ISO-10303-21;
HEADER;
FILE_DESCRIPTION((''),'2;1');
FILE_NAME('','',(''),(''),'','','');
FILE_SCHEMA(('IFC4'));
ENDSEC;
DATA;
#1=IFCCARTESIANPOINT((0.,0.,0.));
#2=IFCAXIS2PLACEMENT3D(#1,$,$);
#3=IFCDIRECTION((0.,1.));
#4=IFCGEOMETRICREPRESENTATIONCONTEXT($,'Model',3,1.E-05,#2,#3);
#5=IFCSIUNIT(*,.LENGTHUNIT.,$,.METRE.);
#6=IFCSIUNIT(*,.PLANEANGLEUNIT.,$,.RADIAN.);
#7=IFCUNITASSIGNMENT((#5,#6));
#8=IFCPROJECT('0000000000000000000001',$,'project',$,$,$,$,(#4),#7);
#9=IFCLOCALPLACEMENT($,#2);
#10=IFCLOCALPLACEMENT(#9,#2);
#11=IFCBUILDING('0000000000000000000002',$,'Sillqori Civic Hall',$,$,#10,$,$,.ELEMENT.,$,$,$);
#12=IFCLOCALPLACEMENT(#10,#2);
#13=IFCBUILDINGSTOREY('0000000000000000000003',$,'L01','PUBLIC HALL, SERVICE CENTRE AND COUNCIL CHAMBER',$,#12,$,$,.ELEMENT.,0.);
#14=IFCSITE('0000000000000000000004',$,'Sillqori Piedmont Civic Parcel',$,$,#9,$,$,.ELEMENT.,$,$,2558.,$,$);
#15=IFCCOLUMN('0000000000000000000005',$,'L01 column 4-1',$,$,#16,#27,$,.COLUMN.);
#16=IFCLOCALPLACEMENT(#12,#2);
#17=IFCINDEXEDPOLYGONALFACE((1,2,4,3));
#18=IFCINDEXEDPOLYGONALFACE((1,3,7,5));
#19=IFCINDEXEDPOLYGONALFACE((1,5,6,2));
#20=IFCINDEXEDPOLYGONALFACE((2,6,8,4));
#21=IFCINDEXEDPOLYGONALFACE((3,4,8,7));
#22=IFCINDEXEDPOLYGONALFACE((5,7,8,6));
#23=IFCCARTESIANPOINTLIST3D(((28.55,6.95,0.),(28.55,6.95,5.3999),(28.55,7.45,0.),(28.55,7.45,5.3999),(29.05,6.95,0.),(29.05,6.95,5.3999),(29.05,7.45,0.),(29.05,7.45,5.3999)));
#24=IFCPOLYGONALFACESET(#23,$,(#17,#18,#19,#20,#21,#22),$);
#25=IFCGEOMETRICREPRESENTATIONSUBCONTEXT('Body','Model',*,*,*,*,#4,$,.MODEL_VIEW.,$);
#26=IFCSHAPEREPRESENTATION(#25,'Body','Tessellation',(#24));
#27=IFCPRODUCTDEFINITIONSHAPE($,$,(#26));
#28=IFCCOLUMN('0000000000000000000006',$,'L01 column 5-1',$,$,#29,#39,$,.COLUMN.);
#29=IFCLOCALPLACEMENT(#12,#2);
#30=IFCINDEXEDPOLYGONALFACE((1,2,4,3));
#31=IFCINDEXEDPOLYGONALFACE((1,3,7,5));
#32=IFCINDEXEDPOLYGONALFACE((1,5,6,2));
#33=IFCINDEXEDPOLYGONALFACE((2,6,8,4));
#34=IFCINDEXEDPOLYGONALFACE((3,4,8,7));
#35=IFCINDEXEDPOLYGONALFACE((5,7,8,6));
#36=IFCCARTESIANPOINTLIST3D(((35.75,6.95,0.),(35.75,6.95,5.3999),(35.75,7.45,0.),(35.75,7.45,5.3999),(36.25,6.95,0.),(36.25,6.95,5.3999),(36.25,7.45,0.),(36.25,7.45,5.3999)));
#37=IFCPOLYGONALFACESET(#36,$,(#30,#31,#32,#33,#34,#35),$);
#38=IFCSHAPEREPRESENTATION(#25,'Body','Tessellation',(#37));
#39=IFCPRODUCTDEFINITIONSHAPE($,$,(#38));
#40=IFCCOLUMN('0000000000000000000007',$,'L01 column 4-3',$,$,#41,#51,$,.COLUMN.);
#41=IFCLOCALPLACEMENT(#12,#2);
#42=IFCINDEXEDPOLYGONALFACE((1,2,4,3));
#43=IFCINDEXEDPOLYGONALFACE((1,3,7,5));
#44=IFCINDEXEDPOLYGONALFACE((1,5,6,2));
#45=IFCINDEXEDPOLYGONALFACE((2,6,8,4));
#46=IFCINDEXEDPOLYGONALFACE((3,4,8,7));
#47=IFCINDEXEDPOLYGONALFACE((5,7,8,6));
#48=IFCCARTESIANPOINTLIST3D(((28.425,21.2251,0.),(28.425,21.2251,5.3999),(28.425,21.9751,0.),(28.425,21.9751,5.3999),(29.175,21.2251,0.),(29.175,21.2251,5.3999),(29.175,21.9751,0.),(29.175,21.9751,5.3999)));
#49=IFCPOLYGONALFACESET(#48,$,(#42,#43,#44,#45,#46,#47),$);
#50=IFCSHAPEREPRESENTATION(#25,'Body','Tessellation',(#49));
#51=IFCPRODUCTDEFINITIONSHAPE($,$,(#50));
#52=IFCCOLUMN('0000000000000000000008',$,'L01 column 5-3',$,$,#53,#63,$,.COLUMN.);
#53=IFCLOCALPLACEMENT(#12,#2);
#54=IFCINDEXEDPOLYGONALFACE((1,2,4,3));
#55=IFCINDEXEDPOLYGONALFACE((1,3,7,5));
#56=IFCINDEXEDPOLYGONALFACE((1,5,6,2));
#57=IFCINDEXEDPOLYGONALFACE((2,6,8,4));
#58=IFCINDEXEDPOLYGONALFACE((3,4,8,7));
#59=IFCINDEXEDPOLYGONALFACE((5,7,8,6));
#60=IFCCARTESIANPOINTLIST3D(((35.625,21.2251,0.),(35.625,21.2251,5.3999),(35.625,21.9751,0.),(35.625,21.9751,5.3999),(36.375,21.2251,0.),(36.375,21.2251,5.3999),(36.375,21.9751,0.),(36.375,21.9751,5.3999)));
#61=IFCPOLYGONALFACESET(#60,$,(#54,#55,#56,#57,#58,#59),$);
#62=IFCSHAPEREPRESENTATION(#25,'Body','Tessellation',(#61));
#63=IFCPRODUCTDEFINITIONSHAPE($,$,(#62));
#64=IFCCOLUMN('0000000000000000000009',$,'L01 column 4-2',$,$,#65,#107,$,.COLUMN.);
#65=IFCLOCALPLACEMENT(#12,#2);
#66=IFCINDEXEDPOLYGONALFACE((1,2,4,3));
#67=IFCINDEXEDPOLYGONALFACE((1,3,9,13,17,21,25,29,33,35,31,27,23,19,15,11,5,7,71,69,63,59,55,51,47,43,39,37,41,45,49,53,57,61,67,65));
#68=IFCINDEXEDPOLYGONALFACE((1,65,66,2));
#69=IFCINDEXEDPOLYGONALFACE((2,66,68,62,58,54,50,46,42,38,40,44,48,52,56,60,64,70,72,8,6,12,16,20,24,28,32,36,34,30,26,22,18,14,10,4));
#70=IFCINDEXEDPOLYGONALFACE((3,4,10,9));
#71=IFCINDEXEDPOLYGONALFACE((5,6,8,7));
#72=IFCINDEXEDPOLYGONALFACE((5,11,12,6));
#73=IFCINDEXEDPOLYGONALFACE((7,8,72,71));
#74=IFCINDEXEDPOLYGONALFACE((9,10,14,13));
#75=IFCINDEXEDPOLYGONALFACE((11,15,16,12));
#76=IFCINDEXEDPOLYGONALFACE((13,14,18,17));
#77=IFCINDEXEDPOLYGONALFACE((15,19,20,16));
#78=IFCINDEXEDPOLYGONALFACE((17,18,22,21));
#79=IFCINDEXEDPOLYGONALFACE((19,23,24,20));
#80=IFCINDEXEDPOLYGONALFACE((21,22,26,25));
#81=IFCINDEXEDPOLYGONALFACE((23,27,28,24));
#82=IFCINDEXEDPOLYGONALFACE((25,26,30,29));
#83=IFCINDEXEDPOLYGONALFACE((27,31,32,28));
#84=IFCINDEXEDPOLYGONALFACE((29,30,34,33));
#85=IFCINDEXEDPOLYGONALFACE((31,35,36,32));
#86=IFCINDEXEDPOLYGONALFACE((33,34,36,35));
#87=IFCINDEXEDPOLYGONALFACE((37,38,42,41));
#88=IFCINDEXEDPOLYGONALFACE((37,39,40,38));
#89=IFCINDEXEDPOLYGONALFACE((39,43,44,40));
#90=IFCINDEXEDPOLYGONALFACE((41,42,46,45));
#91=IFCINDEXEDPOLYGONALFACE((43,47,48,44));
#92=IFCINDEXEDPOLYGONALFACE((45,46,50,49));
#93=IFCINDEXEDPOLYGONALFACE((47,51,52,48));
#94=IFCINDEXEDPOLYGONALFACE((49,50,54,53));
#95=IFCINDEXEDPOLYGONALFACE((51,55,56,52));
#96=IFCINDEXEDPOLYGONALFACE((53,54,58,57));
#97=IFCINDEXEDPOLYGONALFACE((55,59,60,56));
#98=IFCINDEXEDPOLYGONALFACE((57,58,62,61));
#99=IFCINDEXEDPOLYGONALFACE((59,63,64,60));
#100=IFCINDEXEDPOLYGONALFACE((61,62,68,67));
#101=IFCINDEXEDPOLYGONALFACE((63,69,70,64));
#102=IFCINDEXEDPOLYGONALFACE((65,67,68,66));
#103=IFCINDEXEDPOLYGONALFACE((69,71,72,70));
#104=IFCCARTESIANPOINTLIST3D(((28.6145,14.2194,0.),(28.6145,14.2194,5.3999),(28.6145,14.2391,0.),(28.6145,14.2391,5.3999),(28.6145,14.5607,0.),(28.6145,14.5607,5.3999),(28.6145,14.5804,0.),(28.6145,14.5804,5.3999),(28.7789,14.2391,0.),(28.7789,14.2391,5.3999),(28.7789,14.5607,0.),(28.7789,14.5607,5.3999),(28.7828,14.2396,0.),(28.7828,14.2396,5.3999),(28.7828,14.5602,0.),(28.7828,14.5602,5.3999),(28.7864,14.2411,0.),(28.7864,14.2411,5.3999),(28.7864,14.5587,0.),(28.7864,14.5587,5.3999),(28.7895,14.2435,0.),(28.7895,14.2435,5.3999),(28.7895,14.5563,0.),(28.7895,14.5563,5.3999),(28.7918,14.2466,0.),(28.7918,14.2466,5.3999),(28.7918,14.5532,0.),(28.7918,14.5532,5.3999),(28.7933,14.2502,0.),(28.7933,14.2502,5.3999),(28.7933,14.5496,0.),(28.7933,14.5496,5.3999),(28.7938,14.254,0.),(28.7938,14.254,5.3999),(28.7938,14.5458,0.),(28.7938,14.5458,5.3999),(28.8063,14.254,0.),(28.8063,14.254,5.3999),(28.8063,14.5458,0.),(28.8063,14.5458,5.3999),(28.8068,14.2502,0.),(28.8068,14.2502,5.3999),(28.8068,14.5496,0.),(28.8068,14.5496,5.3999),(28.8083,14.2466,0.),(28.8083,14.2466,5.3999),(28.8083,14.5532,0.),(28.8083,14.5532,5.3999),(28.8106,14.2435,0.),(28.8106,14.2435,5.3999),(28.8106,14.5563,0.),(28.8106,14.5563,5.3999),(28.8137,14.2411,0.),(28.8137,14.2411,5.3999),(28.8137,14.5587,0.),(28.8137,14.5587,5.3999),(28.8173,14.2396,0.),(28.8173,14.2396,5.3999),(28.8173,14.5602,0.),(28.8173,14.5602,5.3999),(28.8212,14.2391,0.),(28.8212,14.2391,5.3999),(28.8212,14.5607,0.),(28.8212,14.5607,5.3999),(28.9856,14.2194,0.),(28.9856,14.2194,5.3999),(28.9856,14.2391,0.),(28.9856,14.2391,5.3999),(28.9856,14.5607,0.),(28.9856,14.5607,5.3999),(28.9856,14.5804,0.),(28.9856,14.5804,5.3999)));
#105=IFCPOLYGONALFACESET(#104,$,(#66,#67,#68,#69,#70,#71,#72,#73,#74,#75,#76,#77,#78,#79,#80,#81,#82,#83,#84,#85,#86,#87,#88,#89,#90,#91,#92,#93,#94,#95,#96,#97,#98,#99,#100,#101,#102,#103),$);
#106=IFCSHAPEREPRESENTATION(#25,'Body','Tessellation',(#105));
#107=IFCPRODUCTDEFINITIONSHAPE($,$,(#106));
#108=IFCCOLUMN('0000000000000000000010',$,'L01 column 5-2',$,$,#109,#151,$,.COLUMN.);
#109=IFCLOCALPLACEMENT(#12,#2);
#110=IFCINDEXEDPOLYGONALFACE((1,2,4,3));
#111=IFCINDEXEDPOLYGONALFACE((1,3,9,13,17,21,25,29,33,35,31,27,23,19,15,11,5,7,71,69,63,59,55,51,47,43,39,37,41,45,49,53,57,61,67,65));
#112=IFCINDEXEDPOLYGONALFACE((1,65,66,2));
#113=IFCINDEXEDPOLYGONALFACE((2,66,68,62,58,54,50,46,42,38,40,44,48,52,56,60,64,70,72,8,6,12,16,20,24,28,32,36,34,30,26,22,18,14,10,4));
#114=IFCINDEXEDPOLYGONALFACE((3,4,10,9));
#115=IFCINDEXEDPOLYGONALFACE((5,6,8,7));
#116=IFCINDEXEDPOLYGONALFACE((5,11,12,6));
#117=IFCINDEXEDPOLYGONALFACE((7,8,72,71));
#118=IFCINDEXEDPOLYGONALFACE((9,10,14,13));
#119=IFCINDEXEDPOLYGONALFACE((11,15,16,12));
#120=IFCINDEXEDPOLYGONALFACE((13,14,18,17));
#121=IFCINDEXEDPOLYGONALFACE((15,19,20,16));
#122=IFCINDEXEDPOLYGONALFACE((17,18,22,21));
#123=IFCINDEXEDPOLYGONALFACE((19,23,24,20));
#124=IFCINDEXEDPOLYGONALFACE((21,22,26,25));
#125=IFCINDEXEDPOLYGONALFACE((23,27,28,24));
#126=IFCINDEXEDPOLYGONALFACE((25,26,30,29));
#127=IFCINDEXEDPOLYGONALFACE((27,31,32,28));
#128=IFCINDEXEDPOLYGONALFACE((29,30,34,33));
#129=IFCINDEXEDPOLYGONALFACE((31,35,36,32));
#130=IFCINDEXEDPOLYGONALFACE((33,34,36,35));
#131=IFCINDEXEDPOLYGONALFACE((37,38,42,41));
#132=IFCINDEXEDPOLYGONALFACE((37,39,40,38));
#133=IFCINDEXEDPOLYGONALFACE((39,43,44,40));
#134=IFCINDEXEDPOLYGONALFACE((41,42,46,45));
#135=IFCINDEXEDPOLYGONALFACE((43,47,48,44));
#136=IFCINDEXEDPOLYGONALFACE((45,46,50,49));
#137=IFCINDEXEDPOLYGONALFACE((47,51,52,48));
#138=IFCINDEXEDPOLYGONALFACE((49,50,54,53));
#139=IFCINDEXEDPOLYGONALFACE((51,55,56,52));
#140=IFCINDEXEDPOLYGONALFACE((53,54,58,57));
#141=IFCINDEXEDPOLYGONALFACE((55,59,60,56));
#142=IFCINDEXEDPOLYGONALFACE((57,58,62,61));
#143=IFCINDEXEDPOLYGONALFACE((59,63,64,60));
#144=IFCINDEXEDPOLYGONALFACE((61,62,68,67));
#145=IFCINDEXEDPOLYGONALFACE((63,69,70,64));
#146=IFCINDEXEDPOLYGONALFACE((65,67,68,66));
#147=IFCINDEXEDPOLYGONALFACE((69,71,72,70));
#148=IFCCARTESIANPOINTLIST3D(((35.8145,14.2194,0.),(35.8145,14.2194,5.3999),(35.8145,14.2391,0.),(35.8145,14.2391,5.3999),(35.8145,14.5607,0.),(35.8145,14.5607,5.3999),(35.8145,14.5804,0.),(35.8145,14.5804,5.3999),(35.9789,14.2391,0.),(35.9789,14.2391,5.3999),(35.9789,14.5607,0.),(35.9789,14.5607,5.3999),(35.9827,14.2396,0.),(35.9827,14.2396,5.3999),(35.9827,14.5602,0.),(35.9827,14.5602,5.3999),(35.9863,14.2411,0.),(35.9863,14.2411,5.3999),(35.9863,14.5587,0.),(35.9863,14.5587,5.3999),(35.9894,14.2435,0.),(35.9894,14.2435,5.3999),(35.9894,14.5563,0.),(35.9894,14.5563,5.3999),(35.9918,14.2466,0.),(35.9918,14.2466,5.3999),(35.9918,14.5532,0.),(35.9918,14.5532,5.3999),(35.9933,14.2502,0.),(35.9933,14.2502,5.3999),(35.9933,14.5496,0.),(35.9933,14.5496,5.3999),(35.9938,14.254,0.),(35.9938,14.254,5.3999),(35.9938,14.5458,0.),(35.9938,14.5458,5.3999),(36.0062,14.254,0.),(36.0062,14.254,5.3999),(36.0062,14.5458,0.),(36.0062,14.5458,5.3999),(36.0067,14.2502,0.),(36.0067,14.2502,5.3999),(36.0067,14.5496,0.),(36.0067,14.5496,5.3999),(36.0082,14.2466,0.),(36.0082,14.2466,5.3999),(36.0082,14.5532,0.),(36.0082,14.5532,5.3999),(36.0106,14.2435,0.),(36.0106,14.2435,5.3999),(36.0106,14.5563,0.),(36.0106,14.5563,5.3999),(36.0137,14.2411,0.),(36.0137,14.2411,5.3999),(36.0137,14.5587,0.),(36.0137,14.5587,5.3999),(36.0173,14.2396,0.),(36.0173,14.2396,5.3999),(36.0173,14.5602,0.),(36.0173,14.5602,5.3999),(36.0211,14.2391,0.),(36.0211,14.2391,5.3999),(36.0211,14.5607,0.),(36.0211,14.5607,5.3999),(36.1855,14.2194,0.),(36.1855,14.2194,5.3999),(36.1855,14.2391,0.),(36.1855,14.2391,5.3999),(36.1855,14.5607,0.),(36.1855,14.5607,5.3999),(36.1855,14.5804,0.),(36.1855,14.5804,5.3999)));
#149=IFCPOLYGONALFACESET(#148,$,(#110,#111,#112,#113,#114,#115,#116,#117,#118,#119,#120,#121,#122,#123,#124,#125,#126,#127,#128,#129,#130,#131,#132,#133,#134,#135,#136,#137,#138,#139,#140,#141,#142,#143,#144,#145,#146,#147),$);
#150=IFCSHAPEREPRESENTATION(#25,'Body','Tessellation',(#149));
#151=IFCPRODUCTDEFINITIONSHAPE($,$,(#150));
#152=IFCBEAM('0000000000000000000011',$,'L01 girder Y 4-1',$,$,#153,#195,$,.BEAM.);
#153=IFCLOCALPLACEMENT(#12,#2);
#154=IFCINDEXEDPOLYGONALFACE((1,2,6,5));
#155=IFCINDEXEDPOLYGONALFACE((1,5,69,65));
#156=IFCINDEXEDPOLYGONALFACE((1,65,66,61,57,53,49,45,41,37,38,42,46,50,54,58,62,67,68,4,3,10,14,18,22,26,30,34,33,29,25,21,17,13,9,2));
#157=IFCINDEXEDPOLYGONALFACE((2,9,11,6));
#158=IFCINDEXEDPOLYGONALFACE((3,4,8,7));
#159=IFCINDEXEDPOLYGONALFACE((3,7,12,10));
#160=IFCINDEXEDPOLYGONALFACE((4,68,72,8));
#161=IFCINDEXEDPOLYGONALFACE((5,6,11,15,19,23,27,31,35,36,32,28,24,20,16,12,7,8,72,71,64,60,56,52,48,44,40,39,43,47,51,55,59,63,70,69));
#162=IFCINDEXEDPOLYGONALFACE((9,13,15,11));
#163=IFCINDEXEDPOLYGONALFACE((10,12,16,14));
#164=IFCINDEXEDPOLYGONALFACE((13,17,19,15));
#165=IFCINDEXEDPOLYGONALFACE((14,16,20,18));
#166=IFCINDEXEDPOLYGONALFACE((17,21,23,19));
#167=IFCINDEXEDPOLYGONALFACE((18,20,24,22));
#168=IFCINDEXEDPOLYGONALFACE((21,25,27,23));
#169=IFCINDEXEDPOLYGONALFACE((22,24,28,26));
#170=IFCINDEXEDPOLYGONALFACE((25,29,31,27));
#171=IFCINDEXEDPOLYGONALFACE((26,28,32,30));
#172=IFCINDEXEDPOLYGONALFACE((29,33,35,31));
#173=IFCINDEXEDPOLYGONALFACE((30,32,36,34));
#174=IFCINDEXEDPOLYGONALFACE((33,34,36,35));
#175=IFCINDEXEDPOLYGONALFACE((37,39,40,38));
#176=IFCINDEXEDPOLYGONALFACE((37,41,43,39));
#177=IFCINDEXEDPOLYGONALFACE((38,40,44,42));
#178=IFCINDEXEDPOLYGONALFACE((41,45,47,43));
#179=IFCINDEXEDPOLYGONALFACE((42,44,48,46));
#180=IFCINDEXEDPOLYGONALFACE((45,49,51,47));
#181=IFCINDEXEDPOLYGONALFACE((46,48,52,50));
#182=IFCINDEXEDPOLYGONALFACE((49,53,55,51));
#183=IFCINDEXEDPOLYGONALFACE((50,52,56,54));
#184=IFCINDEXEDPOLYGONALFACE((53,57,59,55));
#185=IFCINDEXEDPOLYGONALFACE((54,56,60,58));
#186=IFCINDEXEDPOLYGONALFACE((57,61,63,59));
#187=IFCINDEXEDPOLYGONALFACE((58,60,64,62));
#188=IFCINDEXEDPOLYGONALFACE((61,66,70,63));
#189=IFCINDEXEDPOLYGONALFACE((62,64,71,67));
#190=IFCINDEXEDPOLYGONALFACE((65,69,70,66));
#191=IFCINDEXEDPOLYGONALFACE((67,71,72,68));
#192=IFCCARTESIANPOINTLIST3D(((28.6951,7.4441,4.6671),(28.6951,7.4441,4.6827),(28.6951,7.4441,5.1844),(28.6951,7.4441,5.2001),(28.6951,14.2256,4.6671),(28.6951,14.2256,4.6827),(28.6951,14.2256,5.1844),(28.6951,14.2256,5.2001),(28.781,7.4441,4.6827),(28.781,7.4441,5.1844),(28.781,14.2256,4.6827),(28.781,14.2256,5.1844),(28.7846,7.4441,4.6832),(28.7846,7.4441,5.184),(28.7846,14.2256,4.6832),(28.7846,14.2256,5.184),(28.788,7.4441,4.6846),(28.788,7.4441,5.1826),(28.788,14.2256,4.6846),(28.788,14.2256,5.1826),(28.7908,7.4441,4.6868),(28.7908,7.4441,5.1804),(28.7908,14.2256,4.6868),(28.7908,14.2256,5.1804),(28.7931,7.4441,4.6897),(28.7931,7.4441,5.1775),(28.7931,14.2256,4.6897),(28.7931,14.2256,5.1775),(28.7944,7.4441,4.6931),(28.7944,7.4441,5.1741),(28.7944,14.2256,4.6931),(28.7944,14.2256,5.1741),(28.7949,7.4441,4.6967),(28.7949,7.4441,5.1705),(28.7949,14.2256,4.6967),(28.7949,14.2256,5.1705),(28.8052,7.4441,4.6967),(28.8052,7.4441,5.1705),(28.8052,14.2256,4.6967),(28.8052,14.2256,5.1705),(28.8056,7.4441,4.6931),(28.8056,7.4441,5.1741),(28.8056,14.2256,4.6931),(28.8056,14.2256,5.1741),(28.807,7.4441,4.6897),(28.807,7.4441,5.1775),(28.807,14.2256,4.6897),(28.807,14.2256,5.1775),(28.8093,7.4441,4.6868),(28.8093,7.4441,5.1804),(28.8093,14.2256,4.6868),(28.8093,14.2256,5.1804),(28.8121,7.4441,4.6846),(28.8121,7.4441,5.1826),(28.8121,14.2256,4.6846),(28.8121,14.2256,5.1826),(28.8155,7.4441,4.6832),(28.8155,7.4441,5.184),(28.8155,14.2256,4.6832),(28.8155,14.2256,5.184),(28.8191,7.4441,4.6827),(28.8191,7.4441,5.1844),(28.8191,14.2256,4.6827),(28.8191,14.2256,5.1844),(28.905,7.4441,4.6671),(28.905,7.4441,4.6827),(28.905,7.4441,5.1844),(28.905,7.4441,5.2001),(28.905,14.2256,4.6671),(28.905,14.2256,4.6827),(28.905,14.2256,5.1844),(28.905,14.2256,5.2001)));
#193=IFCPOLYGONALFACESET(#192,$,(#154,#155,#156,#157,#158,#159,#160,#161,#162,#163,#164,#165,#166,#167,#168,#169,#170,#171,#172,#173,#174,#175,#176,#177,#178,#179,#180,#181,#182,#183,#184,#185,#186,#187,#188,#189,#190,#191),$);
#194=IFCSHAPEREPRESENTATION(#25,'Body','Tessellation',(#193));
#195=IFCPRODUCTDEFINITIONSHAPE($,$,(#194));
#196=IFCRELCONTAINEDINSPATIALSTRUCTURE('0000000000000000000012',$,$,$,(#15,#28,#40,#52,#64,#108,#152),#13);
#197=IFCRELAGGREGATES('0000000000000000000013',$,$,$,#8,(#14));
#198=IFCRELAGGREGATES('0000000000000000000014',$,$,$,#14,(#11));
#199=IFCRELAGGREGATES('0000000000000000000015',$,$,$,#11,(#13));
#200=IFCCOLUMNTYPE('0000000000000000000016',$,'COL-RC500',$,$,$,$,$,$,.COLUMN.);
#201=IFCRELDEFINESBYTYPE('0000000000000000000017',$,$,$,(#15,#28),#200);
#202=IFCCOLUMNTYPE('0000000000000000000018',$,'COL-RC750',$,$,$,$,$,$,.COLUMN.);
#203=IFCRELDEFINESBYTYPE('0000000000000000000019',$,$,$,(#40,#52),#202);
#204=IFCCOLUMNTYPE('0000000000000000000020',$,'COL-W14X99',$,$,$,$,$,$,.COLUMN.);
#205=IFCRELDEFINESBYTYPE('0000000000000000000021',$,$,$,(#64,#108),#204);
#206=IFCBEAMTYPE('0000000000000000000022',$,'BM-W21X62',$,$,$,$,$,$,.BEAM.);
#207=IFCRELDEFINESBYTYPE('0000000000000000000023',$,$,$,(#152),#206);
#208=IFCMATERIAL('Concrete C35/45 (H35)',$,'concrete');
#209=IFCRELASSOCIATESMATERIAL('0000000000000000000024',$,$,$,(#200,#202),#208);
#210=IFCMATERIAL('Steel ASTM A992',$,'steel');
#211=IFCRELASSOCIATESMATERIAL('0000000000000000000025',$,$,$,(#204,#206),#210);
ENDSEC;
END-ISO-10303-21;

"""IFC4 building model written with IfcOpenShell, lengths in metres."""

from ifc_helpers import new_model, si_unit, direction, frame, origin, origin_2d, place, context, subcontext, project, spatial, rectangle, i_section, extrude, material, material_profile, profile_set, type_object, element, save


model = new_model("IFC4")

# Units and contexts
model_context = context("Model", 3, precision=1e-05, world=origin(), true_north=direction((0.0, 1.0)))
body_context = subcontext(model_context, "Body", "Model", "MODEL_VIEW")
ifc_project = project(units=[si_unit("LENGTHUNIT", "METRE"), si_unit("PLANEANGLEUNIT", "RADIAN")], contexts=[model_context])

# Site, building, storey
site_placement = place(None, origin())
site = spatial("IfcSite", under=ifc_project, at=site_placement, Name="Sillqori Piedmont Civic Parcel", CompositionType="ELEMENT", RefElevation=2558.0)
building_placement = place(site_placement, origin())
building = spatial("IfcBuilding", under=site, at=building_placement, Name="Sillqori Civic Hall", CompositionType="ELEMENT")
storey_placement = place(building_placement, origin())
storey = spatial("IfcBuildingStorey", under=building, at=storey_placement, Name="L01", Description="PUBLIC HALL, SERVICE CENTRE AND COUNCIL CHAMBER", CompositionType="ELEMENT", Elevation=0.0)

# Columns
ifc_material_1 = material(Name="Concrete C35/45 (H35)", Category="concrete")
ifc_material_profile_1 = material_profile(ifc_material_1, rectangle(XDim=0.5, YDim=0.5, at=origin_2d()), Name="RC 500x500")
ifc_profile_set_1 = profile_set([ifc_material_profile_1], Name="Concrete C35/45 (H35)")
column_type_1 = type_object("IfcColumnType", Name="COL-RC500", PredefinedType="COLUMN", material=ifc_profile_set_1)
for number, where, z_axis, x_axis, name in (
    (1, (28.8, 7.2, 0.0), (0.0, 0.0, 1.0), (1.0, 0.0, 0.0), "L01 column 4-1"),
    (2, (36.0, 7.2, 0.0), (0.0, 0.0, 1.0), (1.0, 0.0, 0.0), "L01 column 5-1"),
):
    element("IfcColumn", number, at=place(storey_placement, frame(where, z_axis=z_axis, x_axis=x_axis)), inside=storey, type_object=column_type_1, Name=name, PredefinedType="COLUMN", context=body_context, shape_type="SweptSolid", body=[
        extrude(rectangle(XDim=0.5, YDim=0.5, at=origin_2d()), origin(), (0.0, 0.0, 1.0), 5.3999),
    ])
ifc_material_profile_2 = material_profile(ifc_material_1, rectangle(XDim=0.75, YDim=0.75, at=origin_2d()), Name="RC 750x750")
ifc_profile_set_2 = profile_set([ifc_material_profile_2], Name="Concrete C35/45 (H35)")
column_type_2 = type_object("IfcColumnType", Name="COL-RC750", PredefinedType="COLUMN", material=ifc_profile_set_2)
for number, where, z_axis, x_axis, name in (
    (3, (28.8, 21.6001, 0.0), (0.0, 0.0, 1.0), (1.0, 0.0, 0.0), "L01 column 4-3"),
    (4, (36.0, 21.6001, 0.0), (0.0, 0.0, 1.0), (1.0, 0.0, 0.0), "L01 column 5-3"),
):
    element("IfcColumn", number, at=place(storey_placement, frame(where, z_axis=z_axis, x_axis=x_axis)), inside=storey, type_object=column_type_2, Name=name, PredefinedType="COLUMN", context=body_context, shape_type="SweptSolid", body=[
        extrude(rectangle(XDim=0.75, YDim=0.75, at=origin_2d()), origin(), (0.0, 0.0, 1.0), 5.3999),
    ])
ifc_material_2 = material(Name="Steel ASTM A992", Category="steel")
ifc_material_profile_3 = material_profile(ifc_material_2, i_section(OverallWidth=0.3711, OverallDepth=0.3611, WebThickness=0.0125, FlangeThickness=0.0198, FilletRadius=0.0149, at=origin_2d()), Name="W14X99")
ifc_profile_set_3 = profile_set([ifc_material_profile_3], Name="Steel ASTM A992")
column_type_3 = type_object("IfcColumnType", Name="COL-W14X99", PredefinedType="COLUMN", material=ifc_profile_set_3)
for number, where, z_axis, x_axis, name in (
    (5, (28.8, 14.3999, 0.0), (0.0, 0.0, 1.0), (1.0, 0.0, 0.0), "L01 column 4-2"),
    (6, (36.0, 14.3999, 0.0), (0.0, 0.0, 1.0), (1.0, 0.0, 0.0), "L01 column 5-2"),
):
    element("IfcColumn", number, at=place(storey_placement, frame(where, z_axis=z_axis, x_axis=x_axis)), inside=storey, type_object=column_type_3, Name=name, PredefinedType="COLUMN", context=body_context, shape_type="SweptSolid", body=[
        extrude(i_section(OverallWidth=0.3711, OverallDepth=0.3611, WebThickness=0.0125, FlangeThickness=0.0198, FilletRadius=0.0149, at=origin_2d()), origin(), (0.0, 0.0, 1.0), 5.3999),
    ])

# Beam
ifc_material_profile_4 = material_profile(ifc_material_2, i_section(OverallWidth=0.21, OverallDepth=0.533, WebThickness=0.0103, FlangeThickness=0.0156, FilletRadius=0.0139, at=origin_2d()), Name="W21X62")
ifc_profile_set_4 = profile_set([ifc_material_profile_4], Name="Steel ASTM A992")
beam_type_1 = type_object("IfcBeamType", Name="BM-W21X62", PredefinedType="BEAM", material=ifc_profile_set_4)
beam_1_placement = place(storey_placement, frame((28.8, 7.4441, 4.9336), z_axis=(0.0, 1.0, 0.0), x_axis=(-1.0, 0.0, 0.0)))
element("IfcBeam", 7, at=beam_1_placement, inside=storey, type_object=beam_type_1, Name="L01 girder Y 4-1", PredefinedType="BEAM", context=body_context, shape_type="SweptSolid", body=[
    extrude(i_section(OverallWidth=0.21, OverallDepth=0.533, WebThickness=0.0103, FlangeThickness=0.0156, FilletRadius=0.0139, at=origin_2d()), origin(), (0.0, 0.0, 1.0), 6.7815),
])

save(model, "model.ifc")
